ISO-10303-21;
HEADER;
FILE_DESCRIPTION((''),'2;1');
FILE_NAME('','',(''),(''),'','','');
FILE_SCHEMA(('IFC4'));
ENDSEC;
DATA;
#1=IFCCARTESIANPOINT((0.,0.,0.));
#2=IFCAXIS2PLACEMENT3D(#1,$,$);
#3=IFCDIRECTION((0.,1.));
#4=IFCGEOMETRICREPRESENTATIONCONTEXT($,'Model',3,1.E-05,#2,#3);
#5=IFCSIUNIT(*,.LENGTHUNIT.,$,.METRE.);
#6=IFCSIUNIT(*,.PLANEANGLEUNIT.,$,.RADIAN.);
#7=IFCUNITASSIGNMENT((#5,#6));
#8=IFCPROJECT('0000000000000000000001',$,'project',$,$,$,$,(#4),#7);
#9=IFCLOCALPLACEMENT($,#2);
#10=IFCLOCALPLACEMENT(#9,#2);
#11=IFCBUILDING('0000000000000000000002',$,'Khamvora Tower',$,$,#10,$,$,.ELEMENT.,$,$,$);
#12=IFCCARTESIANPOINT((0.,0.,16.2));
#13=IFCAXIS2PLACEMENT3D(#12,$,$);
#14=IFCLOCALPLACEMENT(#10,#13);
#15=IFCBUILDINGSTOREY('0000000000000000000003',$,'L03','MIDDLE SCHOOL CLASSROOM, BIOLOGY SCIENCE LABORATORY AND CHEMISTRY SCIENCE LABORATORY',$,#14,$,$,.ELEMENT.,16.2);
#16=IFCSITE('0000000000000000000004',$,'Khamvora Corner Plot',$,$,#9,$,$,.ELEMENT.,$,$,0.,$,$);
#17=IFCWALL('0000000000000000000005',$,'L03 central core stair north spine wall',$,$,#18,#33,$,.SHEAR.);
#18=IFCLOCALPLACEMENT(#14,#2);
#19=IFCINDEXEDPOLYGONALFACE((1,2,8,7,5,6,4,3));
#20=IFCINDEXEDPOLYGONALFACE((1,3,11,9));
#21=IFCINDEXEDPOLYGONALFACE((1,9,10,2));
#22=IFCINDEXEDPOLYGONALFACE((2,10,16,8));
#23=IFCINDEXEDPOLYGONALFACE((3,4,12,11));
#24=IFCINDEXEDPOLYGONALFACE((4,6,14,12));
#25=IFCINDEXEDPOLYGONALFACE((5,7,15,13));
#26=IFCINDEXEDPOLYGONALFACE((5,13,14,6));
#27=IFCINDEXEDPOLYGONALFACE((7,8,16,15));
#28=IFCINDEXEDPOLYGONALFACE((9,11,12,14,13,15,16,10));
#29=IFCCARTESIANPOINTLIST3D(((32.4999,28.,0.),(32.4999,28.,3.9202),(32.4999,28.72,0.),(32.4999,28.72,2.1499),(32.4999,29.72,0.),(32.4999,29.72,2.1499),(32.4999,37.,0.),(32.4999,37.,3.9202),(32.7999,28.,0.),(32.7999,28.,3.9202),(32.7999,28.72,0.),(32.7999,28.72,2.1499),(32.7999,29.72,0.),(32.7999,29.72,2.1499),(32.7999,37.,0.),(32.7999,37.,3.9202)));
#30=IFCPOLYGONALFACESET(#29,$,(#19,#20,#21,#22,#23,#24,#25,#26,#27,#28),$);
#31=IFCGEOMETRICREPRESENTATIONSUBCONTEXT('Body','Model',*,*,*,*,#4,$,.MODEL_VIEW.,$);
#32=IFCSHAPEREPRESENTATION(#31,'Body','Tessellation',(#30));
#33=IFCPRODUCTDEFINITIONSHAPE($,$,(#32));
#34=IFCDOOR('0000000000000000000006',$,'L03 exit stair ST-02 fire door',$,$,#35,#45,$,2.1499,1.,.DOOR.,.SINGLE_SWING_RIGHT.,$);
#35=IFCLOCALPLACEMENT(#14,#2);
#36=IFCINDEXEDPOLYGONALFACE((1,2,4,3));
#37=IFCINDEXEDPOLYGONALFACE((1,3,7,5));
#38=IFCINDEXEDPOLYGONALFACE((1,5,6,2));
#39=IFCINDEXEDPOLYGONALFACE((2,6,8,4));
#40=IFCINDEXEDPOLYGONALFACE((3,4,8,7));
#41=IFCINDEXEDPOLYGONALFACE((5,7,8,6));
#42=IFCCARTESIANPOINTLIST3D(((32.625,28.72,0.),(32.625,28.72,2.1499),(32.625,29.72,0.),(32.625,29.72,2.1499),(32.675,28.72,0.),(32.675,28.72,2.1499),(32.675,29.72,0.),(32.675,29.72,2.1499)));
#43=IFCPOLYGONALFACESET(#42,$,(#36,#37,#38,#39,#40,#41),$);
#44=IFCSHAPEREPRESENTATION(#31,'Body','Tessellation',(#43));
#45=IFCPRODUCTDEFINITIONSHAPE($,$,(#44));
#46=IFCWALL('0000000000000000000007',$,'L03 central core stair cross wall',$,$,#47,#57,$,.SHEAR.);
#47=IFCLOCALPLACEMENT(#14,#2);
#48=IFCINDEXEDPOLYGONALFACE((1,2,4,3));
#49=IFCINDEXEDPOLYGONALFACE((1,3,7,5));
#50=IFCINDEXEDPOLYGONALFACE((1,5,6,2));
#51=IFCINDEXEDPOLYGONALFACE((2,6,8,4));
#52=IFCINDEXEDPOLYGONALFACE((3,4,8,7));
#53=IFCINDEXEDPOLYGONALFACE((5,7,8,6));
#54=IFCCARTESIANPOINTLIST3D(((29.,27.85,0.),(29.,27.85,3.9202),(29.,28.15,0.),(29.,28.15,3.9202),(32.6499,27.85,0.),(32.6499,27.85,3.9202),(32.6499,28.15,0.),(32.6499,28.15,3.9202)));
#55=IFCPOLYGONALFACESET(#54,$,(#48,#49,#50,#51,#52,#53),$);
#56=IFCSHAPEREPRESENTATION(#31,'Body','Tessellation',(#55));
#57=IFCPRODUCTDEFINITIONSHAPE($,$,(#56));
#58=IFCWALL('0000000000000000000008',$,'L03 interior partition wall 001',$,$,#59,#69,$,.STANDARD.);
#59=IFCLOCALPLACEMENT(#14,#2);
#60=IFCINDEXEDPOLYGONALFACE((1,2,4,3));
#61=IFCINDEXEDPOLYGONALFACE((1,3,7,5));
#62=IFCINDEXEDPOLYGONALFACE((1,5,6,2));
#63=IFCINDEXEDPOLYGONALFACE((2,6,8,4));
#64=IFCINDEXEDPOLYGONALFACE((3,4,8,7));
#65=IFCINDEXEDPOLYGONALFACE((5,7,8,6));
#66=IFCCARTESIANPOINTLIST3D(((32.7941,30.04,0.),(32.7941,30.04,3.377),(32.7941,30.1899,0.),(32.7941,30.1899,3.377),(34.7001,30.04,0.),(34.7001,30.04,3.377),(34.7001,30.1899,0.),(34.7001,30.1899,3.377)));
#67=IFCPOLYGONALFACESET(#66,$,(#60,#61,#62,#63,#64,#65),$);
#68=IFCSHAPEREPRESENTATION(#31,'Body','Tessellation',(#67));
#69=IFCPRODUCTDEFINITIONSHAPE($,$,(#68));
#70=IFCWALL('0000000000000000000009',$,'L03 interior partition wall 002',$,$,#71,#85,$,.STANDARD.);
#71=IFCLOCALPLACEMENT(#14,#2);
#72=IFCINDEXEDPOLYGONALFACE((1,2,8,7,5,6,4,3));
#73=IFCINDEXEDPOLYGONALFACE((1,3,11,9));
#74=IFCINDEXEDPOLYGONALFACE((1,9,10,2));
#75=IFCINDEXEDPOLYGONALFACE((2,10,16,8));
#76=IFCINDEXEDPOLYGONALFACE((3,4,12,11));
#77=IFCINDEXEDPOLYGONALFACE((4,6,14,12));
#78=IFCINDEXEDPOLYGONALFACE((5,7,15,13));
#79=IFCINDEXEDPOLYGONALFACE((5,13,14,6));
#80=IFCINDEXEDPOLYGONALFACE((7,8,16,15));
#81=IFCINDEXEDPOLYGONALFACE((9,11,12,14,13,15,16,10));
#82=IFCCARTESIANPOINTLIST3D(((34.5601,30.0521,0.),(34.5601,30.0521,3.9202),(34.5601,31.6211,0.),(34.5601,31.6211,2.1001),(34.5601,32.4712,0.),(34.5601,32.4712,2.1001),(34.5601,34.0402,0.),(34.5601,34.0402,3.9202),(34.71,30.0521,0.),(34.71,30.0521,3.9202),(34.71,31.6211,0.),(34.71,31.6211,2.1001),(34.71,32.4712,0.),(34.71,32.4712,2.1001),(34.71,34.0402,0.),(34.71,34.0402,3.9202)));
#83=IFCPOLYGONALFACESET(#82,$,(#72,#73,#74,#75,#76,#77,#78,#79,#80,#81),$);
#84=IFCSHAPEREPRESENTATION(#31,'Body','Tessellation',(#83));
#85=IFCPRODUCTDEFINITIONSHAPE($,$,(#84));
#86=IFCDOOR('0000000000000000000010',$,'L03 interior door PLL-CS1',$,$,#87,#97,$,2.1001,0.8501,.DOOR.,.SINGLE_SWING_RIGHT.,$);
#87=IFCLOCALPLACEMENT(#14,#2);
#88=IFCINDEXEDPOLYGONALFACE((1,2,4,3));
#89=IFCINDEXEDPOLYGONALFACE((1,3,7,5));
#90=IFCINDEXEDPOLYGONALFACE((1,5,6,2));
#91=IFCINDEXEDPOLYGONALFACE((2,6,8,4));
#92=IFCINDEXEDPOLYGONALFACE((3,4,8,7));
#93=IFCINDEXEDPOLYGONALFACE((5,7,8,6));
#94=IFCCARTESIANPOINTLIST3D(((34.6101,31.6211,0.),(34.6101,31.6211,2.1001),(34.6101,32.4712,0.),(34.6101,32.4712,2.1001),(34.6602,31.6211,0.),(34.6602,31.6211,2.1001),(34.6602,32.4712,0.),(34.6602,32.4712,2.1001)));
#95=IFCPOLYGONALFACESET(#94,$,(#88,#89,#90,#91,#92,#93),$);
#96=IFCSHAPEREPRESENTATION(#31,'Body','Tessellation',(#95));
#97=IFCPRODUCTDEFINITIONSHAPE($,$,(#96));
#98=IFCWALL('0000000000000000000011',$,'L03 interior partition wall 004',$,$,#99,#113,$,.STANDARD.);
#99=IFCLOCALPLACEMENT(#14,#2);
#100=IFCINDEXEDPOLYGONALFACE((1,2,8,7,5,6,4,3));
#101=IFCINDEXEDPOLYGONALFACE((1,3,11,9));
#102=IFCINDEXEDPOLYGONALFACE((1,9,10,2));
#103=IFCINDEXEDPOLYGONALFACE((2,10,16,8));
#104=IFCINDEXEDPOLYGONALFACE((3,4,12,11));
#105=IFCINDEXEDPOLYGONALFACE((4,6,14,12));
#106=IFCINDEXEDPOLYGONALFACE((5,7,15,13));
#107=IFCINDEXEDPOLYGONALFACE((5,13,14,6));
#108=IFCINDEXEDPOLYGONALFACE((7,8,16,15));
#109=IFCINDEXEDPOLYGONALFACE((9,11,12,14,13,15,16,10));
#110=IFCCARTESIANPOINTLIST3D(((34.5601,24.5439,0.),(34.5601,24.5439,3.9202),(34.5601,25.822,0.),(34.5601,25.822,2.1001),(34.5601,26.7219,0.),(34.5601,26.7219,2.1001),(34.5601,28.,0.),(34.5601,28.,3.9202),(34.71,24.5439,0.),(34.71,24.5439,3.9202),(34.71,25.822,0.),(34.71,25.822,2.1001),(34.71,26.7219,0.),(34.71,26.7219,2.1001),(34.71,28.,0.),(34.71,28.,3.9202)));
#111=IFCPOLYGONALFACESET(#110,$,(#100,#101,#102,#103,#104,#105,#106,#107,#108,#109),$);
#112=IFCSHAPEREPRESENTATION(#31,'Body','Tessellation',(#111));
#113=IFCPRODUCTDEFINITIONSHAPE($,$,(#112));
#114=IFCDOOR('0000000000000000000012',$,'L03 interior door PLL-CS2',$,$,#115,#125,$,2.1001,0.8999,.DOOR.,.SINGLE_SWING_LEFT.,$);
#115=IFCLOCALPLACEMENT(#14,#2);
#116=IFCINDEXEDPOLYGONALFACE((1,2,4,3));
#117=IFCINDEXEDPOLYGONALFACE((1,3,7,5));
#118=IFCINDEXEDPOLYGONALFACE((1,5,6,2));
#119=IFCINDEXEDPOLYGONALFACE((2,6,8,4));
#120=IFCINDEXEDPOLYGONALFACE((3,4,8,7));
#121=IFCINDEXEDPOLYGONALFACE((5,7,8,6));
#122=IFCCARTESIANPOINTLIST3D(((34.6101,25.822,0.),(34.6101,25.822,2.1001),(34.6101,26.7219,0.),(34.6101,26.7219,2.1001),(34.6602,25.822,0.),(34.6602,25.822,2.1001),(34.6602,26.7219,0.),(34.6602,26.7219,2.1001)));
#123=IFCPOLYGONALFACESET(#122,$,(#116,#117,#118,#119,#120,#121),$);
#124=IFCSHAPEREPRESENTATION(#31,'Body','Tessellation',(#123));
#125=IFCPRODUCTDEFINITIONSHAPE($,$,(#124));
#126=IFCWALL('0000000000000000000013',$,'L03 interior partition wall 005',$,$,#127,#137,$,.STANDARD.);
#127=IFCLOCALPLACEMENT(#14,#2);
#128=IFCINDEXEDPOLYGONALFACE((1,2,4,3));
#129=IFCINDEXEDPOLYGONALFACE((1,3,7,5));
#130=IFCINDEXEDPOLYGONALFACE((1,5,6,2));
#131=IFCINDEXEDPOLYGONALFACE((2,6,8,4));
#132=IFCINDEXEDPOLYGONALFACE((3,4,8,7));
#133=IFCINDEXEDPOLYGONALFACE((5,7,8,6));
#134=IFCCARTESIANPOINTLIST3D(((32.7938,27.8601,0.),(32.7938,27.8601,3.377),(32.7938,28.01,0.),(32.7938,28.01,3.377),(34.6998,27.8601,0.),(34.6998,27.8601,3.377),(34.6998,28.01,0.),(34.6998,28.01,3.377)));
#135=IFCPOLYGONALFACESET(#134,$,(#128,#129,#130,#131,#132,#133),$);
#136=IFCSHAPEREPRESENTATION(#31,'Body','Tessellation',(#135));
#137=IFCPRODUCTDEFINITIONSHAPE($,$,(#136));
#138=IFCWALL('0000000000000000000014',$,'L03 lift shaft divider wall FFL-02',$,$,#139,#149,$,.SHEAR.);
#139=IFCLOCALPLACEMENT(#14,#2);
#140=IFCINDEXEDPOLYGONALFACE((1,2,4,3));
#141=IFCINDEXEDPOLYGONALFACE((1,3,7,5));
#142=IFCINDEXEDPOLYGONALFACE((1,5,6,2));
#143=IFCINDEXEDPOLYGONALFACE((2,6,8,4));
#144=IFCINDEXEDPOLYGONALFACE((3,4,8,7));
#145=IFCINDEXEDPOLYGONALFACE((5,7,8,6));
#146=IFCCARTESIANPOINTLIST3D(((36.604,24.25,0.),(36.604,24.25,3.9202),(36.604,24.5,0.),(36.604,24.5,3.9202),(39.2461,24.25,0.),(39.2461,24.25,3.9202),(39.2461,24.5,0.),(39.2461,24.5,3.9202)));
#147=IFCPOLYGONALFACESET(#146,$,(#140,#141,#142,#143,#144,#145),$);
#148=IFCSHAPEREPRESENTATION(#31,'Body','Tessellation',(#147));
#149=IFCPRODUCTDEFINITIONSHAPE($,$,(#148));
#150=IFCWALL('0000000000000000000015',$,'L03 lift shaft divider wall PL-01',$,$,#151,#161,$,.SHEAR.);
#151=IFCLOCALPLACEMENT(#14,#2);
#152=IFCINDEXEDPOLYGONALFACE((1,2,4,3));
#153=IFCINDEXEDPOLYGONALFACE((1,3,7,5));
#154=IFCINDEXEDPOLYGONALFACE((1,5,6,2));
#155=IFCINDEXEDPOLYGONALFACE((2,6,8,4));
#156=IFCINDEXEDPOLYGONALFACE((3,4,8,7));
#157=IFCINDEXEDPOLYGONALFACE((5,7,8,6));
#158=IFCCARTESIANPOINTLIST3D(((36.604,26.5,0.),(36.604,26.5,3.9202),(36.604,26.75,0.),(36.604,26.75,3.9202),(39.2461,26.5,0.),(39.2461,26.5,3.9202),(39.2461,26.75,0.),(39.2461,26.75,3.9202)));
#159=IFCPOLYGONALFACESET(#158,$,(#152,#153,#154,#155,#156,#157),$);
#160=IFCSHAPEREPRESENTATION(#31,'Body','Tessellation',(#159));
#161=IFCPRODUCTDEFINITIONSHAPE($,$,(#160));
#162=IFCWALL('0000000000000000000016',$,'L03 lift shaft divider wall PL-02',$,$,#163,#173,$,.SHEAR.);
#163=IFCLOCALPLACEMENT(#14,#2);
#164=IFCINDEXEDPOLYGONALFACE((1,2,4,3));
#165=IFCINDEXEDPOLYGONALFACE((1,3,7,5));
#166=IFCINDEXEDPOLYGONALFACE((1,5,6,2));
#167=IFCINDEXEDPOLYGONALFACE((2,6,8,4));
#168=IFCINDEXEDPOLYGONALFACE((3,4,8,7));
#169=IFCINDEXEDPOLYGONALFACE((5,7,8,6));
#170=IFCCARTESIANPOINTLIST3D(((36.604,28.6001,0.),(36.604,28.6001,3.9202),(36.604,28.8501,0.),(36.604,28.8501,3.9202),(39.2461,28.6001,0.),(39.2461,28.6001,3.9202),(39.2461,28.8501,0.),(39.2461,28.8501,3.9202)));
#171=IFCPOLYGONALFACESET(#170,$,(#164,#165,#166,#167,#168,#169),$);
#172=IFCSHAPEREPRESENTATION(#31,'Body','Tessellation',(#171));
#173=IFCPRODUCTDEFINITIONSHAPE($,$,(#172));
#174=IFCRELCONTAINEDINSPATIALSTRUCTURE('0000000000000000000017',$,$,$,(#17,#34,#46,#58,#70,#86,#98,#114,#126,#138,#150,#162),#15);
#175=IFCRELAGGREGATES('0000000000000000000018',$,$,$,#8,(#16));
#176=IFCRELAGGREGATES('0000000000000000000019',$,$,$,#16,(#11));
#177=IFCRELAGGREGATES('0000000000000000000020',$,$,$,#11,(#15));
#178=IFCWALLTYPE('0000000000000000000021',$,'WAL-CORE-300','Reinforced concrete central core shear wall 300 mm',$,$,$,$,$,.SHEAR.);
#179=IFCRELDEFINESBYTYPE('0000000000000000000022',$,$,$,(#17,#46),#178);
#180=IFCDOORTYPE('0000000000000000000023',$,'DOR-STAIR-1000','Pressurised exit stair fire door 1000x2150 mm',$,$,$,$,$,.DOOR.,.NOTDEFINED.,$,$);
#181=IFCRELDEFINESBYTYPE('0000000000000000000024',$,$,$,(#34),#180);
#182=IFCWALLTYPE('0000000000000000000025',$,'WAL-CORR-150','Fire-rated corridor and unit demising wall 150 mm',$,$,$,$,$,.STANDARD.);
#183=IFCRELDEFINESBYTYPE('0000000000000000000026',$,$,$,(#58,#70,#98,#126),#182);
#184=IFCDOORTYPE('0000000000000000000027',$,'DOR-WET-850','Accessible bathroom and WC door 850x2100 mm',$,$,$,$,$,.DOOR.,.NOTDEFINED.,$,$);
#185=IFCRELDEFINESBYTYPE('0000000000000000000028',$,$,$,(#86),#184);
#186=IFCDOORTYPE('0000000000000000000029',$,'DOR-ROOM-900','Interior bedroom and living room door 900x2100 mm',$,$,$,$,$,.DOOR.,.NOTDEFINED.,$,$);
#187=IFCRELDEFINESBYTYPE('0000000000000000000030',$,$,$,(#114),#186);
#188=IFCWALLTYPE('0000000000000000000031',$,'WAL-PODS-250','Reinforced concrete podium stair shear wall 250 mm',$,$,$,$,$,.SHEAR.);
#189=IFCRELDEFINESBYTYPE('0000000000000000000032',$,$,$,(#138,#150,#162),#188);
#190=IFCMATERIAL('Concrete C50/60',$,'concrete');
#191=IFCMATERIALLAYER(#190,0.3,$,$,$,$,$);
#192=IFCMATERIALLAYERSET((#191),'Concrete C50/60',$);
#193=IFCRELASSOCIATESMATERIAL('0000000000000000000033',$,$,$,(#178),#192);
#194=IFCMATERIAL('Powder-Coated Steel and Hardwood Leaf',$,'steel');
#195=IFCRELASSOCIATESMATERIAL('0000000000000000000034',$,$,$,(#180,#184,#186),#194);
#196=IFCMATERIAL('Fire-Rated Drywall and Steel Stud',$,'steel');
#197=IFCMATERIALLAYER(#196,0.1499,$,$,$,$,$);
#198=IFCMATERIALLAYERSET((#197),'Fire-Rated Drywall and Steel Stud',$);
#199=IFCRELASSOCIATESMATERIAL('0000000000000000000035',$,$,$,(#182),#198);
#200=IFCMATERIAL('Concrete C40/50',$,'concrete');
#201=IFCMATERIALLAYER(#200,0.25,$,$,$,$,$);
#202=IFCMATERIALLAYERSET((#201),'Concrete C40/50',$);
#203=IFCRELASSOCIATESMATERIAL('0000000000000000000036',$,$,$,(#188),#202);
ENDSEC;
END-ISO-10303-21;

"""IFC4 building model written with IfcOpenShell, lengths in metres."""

from ifc_helpers import new_model, si_unit, direction, frame, frame_2d, origin, place, context, subcontext, project, spatial, rectangle, extrude, material, layer, layer_set, type_object, element, fill, save


model = new_model("IFC4")

# Units and contexts
model_context = context("Model", 3, precision=1e-05, world=origin(), true_north=direction((0.0, 1.0)))
body_context = subcontext(model_context, "Body", "Model", "MODEL_VIEW")
ifc_project = project(units=[si_unit("LENGTHUNIT", "METRE"), si_unit("PLANEANGLEUNIT", "RADIAN")], contexts=[model_context])

# Site, building, storey
site_placement = place(None, origin())
site = spatial("IfcSite", under=ifc_project, at=site_placement, Name="Khamvora Corner Plot", CompositionType="ELEMENT", RefElevation=0.0)
building_placement = place(site_placement, origin())
building = spatial("IfcBuilding", under=site, at=building_placement, Name="Khamvora Tower", CompositionType="ELEMENT")
storey_placement = place(building_placement, frame((0.0, 0.0, 16.2)))
storey = spatial("IfcBuildingStorey", under=building, at=storey_placement, Name="L03", Description="MIDDLE SCHOOL CLASSROOM, BIOLOGY SCIENCE LABORATORY AND CHEMISTRY SCIENCE LABORATORY", CompositionType="ELEMENT", Elevation=16.2)

# Shared definitions
ifc_material_1 = material(Name="Concrete C50/60", Category="concrete")
ifc_layer_1 = layer(ifc_material_1, 0.3)
ifc_layer_set_1 = layer_set([ifc_layer_1], Name="Concrete C50/60")
wall_type_1 = type_object("IfcWallType", Name="WAL-CORE-300", Description="Reinforced concrete central core shear wall 300 mm", PredefinedType="SHEAR", material=ifc_layer_set_1)

# Wall, opening, door
wall_1_placement = place(storey_placement, frame((32.6499, 28.0, 0.0), z_axis=(0.0, 0.0, 1.0), x_axis=(0.0, 1.0, 0.0)))
wall_1 = element("IfcWall", 1, at=wall_1_placement, inside=storey, type_object=wall_type_1, Name="L03 central core stair north spine wall", PredefinedType="SHEAR", context=body_context, shape_type="SweptSolid", body=[
    extrude(rectangle(XDim=9.0, YDim=0.3, at=frame_2d((4.5, 0.0))), origin(), (0.0, 0.0, 1.0), 3.9202),
])
opening_1_placement = place(wall_1_placement, frame((0.72, 0.0, 0.0)))
opening_1 = element("IfcOpeningElement", 2, at=opening_1_placement, cuts=wall_1, PredefinedType="OPENING", context=body_context, shape_type="SweptSolid", body=[
    extrude(rectangle(XDim=1.0, YDim=2.1499, at=frame_2d((0.5, 1.075))), frame((0.0, 0.1599, 0.0), z_axis=(0.0, -1.0, 0.0), x_axis=(1.0, 0.0, 0.0)), (0.0, 0.0, 1.0), 0.3201),
])
ifc_material_2 = material(Name="Powder-Coated Steel and Hardwood Leaf", Category="steel")
door_type_1 = type_object("IfcDoorType", Name="DOR-STAIR-1000", Description="Pressurised exit stair fire door 1000x2150 mm", OperationType="NOTDEFINED", PredefinedType="DOOR", material=ifc_material_2)
door_1_placement = place(opening_1_placement, origin())
door_1 = element("IfcDoor", 3, at=door_1_placement, inside=storey, type_object=door_type_1, Name="L03 exit stair ST-02 fire door", OperationType="SINGLE_SWING_RIGHT", OverallHeight=2.1499, OverallWidth=1.0, PredefinedType="DOOR", context=body_context, shape_type="SweptSolid", body=[
    extrude(rectangle(XDim=1.0, YDim=2.1499, at=frame_2d((0.5, 1.075))), frame((0.0, 0.0249, 0.0), z_axis=(0.0, -1.0, 0.0), x_axis=(1.0, 0.0, 0.0)), (0.0, 0.0, 1.0), 0.05),
])
fill(opening_1, door_1)

# Wall
wall_2_placement = place(storey_placement, frame((29.0, 28.0, 0.0), z_axis=(0.0, 0.0, 1.0), x_axis=(1.0, 0.0, 0.0)))
element("IfcWall", 4, at=wall_2_placement, inside=storey, type_object=wall_type_1, Name="L03 central core stair cross wall", PredefinedType="SHEAR", context=body_context, shape_type="SweptSolid", body=[
    extrude(rectangle(XDim=3.6499, YDim=0.3, at=frame_2d((1.825, 0.0))), origin(), (0.0, 0.0, 1.0), 3.9202),
])

# Wall
ifc_material_3 = material(Name="Fire-Rated Drywall and Steel Stud", Category="steel")
ifc_layer_2 = layer(ifc_material_3, 0.1499)
ifc_layer_set_2 = layer_set([ifc_layer_2], Name="Fire-Rated Drywall and Steel Stud")
wall_type_2 = type_object("IfcWallType", Name="WAL-CORR-150", Description="Fire-rated corridor and unit demising wall 150 mm", PredefinedType="STANDARD", material=ifc_layer_set_2)
wall_3_placement = place(storey_placement, frame((32.7939, 30.115, 0.0), z_axis=(0.0, 0.0, 1.0), x_axis=(1.0, 0.0, 0.0)))
element("IfcWall", 5, at=wall_3_placement, inside=storey, type_object=wall_type_2, Name="L03 interior partition wall 001", PredefinedType="STANDARD", context=body_context, shape_type="SweptSolid", body=[
    extrude(rectangle(XDim=1.906, YDim=0.1499, at=frame_2d((0.9531, 0.0))), origin(), (0.0, 0.0, 1.0), 3.377),
])

# Walls, openings, doors
wall_4_placement = place(storey_placement, frame((34.635, 30.052, 0.0), z_axis=(0.0, 0.0, 1.0), x_axis=(0.0, 1.0, 0.0)))
wall_4 = element("IfcWall", 6, at=wall_4_placement, inside=storey, type_object=wall_type_2, Name="L03 interior partition wall 002", PredefinedType="STANDARD", context=body_context, shape_type="SweptSolid", body=[
    extrude(rectangle(XDim=3.988, YDim=0.1499, at=frame_2d((1.9941, 0.0))), origin(), (0.0, 0.0, 1.0), 3.9202),
])
opening_2_placement = place(wall_4_placement, frame((1.5691, 0.0, 0.0)))
opening_2 = element("IfcOpeningElement", 7, at=opening_2_placement, cuts=wall_4, PredefinedType="OPENING", context=body_context, shape_type="SweptSolid", body=[
    extrude(rectangle(XDim=0.8501, YDim=2.1001, at=frame_2d((0.425, 1.05))), frame((0.0, 0.085, 0.0), z_axis=(0.0, -1.0, 0.0), x_axis=(1.0, 0.0, 0.0)), (0.0, 0.0, 1.0), 0.1699),
])
door_type_2 = type_object("IfcDoorType", Name="DOR-WET-850", Description="Accessible bathroom and WC door 850x2100 mm", OperationType="NOTDEFINED", PredefinedType="DOOR", material=ifc_material_2)
door_2_placement = place(opening_2_placement, origin())
door_2 = element("IfcDoor", 8, at=door_2_placement, inside=storey, type_object=door_type_2, Name="L03 interior door PLL-CS1", OperationType="SINGLE_SWING_RIGHT", OverallHeight=2.1001, OverallWidth=0.8501, PredefinedType="DOOR", context=body_context, shape_type="SweptSolid", body=[
    extrude(rectangle(XDim=0.8501, YDim=2.1001, at=frame_2d((0.425, 1.05))), frame((0.0, 0.0249, 0.0), z_axis=(0.0, -1.0, 0.0), x_axis=(1.0, 0.0, 0.0)), (0.0, 0.0, 1.0), 0.05),
])
fill(opening_2, door_2)
wall_5_placement = place(storey_placement, frame((34.635, 24.5439, 0.0), z_axis=(0.0, 0.0, 1.0), x_axis=(0.0, 1.0, 0.0)))
wall_5 = element("IfcWall", 9, at=wall_5_placement, inside=storey, type_object=wall_type_2, Name="L03 interior partition wall 004", PredefinedType="STANDARD", context=body_context, shape_type="SweptSolid", body=[
    extrude(rectangle(XDim=3.4561, YDim=0.1499, at=frame_2d((1.728, 0.0))), origin(), (0.0, 0.0, 1.0), 3.9202),
])
opening_3_placement = place(wall_5_placement, frame((1.2781, 0.0, 0.0)))
opening_3 = element("IfcOpeningElement", 10, at=opening_3_placement, cuts=wall_5, PredefinedType="OPENING", context=body_context, shape_type="SweptSolid", body=[
    extrude(rectangle(XDim=0.8999, YDim=2.1001, at=frame_2d((0.45, 1.05))), frame((0.0, 0.085, 0.0), z_axis=(0.0, -1.0, 0.0), x_axis=(1.0, 0.0, 0.0)), (0.0, 0.0, 1.0), 0.1699),
])
door_type_3 = type_object("IfcDoorType", Name="DOR-ROOM-900", Description="Interior bedroom and living room door 900x2100 mm", OperationType="NOTDEFINED", PredefinedType="DOOR", material=ifc_material_2)
door_3_placement = place(opening_3_placement, origin())
door_3 = element("IfcDoor", 11, at=door_3_placement, inside=storey, type_object=door_type_3, Name="L03 interior door PLL-CS2", OperationType="SINGLE_SWING_LEFT", OverallHeight=2.1001, OverallWidth=0.8999, PredefinedType="DOOR", context=body_context, shape_type="SweptSolid", body=[
    extrude(rectangle(XDim=0.8999, YDim=2.1001, at=frame_2d((0.45, 1.05))), frame((0.0, 0.0249, 0.0), z_axis=(0.0, -1.0, 0.0), x_axis=(1.0, 0.0, 0.0)), (0.0, 0.0, 1.0), 0.05),
])
fill(opening_3, door_3)

# Walls
wall_6_placement = place(storey_placement, frame((34.7, 27.9351, 0.0), z_axis=(0.0, 0.0, 1.0), x_axis=(-1.0, 0.0, 0.0)))
element("IfcWall", 12, at=wall_6_placement, inside=storey, type_object=wall_type_2, Name="L03 interior partition wall 005", PredefinedType="STANDARD", context=body_context, shape_type="SweptSolid", body=[
    extrude(rectangle(XDim=1.906, YDim=0.1499, at=frame_2d((0.9531, 0.0))), origin(), (0.0, 0.0, 1.0), 3.377),
])
ifc_material_4 = material(Name="Concrete C40/50", Category="concrete")
ifc_layer_3 = layer(ifc_material_4, 0.25)
ifc_layer_set_3 = layer_set([ifc_layer_3], Name="Concrete C40/50")
wall_type_3 = type_object("IfcWallType", Name="WAL-PODS-250", Description="Reinforced concrete podium stair shear wall 250 mm", PredefinedType="SHEAR", material=ifc_layer_set_3)
for number, where, z_axis, x_axis, name in (
    (13, (36.604, 24.375, 0.0), (0.0, 0.0, 1.0), (1.0, 0.0, 0.0), "L03 lift shaft divider wall FFL-02"),
    (14, (36.604, 26.625, 0.0), (0.0, 0.0, 1.0), (1.0, 0.0, 0.0), "L03 lift shaft divider wall PL-01"),
    (15, (36.604, 28.7251, 0.0), (0.0, 0.0, 1.0), (1.0, 0.0, 0.0), "L03 lift shaft divider wall PL-02"),
):
    element("IfcWall", number, at=place(storey_placement, frame(where, z_axis=z_axis, x_axis=x_axis)), inside=storey, type_object=wall_type_3, Name=name, PredefinedType="SHEAR", context=body_context, shape_type="SweptSolid", body=[
        extrude(rectangle(XDim=2.6421, YDim=0.25, at=frame_2d((1.321, 0.0))), origin(), (0.0, 0.0, 1.0), 3.9202),
    ])

save(model, "model.ifc")
